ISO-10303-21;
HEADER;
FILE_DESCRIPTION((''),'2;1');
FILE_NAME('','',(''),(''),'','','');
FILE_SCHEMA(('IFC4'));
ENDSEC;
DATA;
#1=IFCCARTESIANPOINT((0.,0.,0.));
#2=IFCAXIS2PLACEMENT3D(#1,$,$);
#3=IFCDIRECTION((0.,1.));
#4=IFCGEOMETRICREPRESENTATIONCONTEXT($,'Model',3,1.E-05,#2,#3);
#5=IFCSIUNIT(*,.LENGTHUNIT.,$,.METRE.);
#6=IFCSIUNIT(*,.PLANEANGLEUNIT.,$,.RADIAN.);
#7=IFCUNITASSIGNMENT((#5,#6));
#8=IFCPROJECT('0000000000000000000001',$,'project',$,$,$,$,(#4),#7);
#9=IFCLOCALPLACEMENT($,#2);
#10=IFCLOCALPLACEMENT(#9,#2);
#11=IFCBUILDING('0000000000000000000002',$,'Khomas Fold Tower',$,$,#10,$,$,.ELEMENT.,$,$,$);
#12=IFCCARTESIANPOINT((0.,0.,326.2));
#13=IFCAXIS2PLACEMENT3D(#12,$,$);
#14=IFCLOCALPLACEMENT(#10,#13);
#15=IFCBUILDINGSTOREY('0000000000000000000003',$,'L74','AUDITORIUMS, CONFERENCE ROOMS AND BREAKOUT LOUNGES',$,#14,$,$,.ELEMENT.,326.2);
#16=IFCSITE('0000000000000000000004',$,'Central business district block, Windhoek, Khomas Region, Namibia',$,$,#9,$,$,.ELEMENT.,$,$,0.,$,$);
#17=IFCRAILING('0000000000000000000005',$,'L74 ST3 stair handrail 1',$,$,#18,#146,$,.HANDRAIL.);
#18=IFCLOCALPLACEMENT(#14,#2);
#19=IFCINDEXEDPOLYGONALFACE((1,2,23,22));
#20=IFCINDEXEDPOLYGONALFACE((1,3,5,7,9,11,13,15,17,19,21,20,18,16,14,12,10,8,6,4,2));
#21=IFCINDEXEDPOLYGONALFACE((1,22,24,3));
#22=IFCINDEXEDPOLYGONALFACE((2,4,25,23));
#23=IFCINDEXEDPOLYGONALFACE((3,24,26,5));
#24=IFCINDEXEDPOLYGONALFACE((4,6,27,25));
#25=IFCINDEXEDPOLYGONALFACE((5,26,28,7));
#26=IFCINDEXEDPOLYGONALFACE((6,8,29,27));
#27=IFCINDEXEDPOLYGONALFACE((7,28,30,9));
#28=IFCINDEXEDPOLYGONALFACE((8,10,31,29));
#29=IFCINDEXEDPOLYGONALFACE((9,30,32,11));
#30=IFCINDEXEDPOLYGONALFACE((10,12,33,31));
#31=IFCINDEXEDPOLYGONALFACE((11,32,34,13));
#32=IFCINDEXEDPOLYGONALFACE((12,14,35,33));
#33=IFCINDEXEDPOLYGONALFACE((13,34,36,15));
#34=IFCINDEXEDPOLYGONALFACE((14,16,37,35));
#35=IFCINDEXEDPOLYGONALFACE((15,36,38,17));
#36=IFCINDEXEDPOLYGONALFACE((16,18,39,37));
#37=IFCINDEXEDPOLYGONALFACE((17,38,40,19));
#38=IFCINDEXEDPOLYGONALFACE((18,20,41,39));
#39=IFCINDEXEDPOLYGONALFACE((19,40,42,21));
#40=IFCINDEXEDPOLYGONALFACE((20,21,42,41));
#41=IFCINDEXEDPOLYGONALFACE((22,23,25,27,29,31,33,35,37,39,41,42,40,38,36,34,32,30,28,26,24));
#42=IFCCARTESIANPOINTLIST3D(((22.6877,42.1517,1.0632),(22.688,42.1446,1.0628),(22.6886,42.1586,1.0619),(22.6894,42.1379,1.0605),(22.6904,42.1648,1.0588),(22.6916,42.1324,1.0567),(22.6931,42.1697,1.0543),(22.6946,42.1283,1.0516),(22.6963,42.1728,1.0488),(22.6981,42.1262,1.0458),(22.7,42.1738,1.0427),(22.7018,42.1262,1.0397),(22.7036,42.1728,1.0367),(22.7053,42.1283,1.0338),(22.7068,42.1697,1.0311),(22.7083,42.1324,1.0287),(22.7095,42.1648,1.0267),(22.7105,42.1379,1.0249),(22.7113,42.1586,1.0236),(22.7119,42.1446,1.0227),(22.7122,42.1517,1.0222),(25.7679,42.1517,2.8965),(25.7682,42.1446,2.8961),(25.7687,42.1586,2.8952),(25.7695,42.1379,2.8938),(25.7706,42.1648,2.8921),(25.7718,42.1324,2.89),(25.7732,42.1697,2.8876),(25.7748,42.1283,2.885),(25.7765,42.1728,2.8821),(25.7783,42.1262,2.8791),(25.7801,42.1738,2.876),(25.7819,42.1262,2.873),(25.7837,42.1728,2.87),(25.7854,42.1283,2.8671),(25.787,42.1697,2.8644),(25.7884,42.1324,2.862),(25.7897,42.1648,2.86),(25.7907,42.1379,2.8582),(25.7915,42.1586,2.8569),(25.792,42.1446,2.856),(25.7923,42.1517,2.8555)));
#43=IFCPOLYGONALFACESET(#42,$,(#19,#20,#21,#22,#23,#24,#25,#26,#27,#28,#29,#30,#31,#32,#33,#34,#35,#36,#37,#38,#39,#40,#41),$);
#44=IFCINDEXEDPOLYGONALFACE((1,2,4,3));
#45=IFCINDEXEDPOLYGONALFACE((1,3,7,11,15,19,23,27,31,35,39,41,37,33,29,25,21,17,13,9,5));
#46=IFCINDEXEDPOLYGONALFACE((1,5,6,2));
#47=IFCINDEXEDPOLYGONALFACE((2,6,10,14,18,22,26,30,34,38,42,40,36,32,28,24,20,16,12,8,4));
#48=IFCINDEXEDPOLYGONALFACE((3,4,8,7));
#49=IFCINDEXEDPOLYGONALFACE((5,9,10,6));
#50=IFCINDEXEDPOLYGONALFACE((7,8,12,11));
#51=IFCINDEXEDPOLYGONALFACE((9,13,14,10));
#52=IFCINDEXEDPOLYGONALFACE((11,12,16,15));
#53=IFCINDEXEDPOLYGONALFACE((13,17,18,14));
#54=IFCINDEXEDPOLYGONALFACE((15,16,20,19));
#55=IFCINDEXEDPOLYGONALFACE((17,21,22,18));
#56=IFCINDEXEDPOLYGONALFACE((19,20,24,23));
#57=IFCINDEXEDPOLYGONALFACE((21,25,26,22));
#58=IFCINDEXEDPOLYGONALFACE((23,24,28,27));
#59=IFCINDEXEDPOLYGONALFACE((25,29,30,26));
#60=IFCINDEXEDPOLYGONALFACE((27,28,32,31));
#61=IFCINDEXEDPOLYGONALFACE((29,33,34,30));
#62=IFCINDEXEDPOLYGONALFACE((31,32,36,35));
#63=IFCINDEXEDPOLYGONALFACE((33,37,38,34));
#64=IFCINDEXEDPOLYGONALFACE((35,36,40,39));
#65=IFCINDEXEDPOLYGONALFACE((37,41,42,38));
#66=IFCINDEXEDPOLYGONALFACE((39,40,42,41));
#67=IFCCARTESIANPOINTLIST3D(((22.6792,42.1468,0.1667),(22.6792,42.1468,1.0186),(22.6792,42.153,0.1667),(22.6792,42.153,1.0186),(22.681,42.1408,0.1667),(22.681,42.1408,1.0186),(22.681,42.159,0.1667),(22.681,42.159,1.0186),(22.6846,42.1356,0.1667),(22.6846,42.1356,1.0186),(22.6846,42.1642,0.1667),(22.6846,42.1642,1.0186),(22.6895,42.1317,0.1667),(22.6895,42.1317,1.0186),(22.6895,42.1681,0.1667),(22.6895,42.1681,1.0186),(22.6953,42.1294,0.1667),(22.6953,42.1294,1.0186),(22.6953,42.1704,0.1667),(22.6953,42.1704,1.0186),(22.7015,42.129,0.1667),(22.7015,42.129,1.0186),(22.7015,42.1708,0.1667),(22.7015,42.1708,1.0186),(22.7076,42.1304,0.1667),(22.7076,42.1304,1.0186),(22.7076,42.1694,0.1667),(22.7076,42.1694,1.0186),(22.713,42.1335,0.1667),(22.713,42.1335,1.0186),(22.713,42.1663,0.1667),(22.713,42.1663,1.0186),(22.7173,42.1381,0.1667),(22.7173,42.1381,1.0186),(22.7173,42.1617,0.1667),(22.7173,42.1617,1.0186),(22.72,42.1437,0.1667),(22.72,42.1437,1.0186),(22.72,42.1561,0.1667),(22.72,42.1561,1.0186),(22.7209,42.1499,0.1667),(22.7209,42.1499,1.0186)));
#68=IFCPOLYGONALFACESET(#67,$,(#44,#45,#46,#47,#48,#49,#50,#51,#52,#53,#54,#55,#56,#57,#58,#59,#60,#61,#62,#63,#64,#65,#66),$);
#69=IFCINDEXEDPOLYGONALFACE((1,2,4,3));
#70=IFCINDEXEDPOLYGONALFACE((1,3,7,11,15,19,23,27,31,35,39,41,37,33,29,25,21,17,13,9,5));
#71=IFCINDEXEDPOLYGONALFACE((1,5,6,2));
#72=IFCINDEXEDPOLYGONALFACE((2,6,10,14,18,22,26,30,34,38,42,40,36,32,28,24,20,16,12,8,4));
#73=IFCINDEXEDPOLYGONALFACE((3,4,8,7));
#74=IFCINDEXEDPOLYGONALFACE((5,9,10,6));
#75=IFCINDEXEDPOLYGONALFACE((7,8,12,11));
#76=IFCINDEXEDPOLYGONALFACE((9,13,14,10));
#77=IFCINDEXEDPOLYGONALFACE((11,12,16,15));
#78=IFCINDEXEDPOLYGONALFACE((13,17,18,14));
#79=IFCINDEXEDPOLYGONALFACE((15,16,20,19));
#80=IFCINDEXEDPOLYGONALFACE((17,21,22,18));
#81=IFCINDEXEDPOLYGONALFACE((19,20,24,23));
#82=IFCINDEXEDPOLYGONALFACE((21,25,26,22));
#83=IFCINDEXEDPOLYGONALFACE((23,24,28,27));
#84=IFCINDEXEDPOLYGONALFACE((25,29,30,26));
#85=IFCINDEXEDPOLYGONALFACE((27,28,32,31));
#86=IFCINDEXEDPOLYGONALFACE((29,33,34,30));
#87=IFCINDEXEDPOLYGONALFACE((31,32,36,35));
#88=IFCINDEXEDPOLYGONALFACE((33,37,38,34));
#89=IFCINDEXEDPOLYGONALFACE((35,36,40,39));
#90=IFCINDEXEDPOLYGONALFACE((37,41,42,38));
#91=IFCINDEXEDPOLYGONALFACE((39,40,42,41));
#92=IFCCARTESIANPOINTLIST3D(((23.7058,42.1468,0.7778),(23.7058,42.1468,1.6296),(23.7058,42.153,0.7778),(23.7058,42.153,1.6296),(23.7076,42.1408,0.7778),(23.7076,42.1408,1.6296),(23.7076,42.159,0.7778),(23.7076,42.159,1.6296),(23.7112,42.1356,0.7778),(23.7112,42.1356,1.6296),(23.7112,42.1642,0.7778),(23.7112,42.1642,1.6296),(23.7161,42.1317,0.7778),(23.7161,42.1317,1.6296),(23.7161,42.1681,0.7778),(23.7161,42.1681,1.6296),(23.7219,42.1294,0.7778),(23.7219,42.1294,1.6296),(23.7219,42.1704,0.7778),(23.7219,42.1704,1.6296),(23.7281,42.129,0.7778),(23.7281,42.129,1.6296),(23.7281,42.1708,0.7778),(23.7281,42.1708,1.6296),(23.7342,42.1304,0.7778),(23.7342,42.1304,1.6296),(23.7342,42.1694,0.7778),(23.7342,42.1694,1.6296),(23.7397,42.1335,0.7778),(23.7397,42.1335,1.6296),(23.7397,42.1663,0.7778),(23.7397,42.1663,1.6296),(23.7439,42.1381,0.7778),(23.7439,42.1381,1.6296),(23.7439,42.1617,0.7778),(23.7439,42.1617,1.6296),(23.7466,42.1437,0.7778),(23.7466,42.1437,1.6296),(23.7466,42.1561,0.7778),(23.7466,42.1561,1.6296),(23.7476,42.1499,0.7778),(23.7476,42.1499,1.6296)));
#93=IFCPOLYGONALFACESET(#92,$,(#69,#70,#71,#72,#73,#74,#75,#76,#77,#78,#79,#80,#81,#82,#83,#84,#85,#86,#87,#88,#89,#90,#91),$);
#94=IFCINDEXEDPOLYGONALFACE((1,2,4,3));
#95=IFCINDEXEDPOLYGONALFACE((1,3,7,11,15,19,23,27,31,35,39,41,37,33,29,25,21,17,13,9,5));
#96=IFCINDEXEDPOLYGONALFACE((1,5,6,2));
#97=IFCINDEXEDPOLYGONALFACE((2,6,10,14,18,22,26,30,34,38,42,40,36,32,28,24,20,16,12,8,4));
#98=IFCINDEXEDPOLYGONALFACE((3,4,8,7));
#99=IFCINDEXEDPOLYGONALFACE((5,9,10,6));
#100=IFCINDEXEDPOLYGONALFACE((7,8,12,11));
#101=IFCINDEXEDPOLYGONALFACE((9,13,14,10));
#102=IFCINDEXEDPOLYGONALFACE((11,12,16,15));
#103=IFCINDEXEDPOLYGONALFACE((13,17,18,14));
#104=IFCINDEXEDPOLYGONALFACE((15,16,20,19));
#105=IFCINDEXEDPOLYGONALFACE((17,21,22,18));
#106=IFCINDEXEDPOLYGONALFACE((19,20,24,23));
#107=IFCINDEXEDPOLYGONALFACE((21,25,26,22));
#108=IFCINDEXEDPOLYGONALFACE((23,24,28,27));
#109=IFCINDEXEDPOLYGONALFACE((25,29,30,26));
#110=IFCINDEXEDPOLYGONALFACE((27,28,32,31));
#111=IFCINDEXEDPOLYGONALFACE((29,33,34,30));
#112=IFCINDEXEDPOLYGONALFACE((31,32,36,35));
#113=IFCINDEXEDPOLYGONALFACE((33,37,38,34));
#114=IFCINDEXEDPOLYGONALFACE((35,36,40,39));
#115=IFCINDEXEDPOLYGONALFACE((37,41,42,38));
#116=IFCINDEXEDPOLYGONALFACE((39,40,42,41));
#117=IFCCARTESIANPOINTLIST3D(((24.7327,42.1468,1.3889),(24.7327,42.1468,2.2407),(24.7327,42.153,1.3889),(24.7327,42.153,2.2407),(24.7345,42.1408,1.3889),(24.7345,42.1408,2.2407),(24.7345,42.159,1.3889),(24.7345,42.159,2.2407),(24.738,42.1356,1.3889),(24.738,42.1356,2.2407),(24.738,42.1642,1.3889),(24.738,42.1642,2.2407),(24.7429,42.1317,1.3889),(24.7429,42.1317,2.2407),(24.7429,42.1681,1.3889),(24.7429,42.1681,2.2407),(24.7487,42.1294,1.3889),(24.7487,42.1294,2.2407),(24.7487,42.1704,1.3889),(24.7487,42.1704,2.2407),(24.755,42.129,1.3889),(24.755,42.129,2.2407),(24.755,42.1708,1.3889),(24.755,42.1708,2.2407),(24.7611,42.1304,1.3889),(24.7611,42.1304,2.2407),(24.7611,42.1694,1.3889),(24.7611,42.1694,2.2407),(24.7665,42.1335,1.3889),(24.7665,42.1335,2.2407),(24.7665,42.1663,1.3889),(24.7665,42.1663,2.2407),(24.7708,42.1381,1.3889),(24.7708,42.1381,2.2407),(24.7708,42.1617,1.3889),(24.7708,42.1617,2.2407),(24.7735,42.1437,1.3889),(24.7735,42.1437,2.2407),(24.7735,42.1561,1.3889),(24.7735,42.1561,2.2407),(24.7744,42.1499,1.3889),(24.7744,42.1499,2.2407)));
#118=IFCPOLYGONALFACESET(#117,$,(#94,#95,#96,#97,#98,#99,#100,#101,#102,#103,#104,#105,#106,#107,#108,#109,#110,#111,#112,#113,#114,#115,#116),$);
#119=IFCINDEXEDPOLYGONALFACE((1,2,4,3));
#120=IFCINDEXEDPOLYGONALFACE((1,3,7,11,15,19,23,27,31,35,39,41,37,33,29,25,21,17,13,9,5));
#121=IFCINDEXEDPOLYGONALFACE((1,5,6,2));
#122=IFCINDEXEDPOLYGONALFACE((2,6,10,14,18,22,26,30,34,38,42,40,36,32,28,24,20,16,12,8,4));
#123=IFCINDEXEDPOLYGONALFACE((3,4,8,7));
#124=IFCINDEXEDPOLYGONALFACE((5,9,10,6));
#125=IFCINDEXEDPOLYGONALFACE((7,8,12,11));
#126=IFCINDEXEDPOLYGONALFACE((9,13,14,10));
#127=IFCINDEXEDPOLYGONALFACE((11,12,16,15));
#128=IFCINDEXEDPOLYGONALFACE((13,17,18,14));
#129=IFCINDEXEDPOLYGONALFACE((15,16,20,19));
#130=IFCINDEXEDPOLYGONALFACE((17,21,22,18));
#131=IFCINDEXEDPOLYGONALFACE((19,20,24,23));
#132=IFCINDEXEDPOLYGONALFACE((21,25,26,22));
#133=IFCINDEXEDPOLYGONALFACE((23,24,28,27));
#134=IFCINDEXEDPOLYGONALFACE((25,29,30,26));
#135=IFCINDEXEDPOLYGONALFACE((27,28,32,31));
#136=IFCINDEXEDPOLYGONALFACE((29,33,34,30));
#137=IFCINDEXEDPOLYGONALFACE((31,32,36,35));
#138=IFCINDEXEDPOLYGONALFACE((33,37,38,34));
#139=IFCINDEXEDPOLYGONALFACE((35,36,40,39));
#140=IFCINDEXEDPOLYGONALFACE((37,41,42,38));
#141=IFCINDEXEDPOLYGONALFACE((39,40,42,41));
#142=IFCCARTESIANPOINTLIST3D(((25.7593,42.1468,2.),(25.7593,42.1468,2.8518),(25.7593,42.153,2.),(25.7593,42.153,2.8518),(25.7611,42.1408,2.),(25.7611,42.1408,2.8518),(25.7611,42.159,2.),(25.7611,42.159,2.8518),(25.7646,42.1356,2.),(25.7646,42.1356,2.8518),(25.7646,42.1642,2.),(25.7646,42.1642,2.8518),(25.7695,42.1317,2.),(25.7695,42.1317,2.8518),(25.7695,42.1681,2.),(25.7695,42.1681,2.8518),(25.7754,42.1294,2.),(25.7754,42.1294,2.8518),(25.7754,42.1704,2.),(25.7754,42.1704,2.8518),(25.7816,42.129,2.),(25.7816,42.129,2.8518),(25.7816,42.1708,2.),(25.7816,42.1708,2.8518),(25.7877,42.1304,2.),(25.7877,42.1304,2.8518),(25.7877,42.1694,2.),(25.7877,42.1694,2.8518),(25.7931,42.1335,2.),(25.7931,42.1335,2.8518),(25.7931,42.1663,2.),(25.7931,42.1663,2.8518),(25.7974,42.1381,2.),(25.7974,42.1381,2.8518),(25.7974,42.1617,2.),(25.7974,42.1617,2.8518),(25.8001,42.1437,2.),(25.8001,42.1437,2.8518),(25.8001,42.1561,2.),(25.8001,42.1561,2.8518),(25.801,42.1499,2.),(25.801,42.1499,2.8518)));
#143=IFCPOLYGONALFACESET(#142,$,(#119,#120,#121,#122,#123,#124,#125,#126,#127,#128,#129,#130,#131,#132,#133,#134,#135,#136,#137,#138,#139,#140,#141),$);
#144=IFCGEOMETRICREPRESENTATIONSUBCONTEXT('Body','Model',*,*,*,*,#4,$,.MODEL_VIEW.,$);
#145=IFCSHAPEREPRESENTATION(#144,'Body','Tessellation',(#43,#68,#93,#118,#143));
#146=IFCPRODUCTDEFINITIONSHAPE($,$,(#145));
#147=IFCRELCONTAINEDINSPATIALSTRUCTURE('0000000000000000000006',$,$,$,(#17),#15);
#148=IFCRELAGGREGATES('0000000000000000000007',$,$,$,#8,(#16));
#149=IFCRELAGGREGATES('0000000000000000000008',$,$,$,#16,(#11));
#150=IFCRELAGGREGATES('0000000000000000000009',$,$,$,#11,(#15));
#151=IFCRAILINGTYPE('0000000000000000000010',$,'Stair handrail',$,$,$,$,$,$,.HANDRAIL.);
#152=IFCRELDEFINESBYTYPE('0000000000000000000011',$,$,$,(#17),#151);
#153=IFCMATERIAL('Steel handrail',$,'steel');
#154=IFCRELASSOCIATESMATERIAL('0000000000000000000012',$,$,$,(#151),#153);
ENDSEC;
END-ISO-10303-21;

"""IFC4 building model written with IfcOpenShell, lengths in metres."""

from ifc_helpers import new_model, si_unit, direction, frame, origin, origin_2d, place, context, subcontext, project, spatial, circle, extrude, source, transform, mapped, material, type_object, element, save


model = new_model("IFC4")

# Units and contexts
model_context = context("Model", 3, precision=1e-05, world=origin(), true_north=direction((0.0, 1.0)))
body_context = subcontext(model_context, "Body", "Model", "MODEL_VIEW")
ifc_project = project(units=[si_unit("LENGTHUNIT", "METRE"), si_unit("PLANEANGLEUNIT", "RADIAN")], contexts=[model_context])

# Site, building, storey
site_placement = place(None, origin())
site = spatial("IfcSite", under=ifc_project, at=site_placement, Name="Central business district block, Windhoek, Khomas Region, Namibia", CompositionType="ELEMENT", RefElevation=0.0)
building_placement = place(site_placement, origin())
building = spatial("IfcBuilding", under=site, at=building_placement, Name="Khomas Fold Tower", CompositionType="ELEMENT")
storey_placement = place(building_placement, frame((0.0, 0.0, 326.2)))
storey = spatial("IfcBuildingStorey", under=building, at=storey_placement, Name="L74", Description="AUDITORIUMS, CONFERENCE ROOMS AND BREAKOUT LOUNGES", CompositionType="ELEMENT", Elevation=326.2)

# Railing
ifc_material_1 = material(Name="Steel handrail", Category="steel")
railing_type_1 = type_object("IfcRailingType", Name="Stair handrail", PredefinedType="HANDRAIL", material=ifc_material_1)
shared_shape_1 = source(origin(), body_context, "Body", "SweptSolid", [
    extrude(circle(Radius=0.0239, at=origin_2d()), frame((0.0, 0.0, 0.876), z_axis=(0.859309, 0.0, 0.511458), x_axis=(0.0, 1.0, 0.0)), (0.0, 0.0, 1.0), 3.5845),
    extrude(circle(Radius=0.021, at=origin_2d()), origin(), (0.0, 0.0, 1.0), 0.8518),
    extrude(circle(Radius=0.021, at=origin_2d()), frame((1.0266, 0.0, 0.6111)), (0.0, 0.0, 1.0), 0.8518),
    extrude(circle(Radius=0.021, at=origin_2d()), frame((2.0535, 0.0, 1.2222)), (0.0, 0.0, 1.0), 0.8518),
    extrude(circle(Radius=0.021, at=origin_2d()), frame((3.0801, 0.0, 1.8333)), (0.0, 0.0, 1.0), 0.8518),
])
railing_1_placement = place(storey_placement, frame((22.7, 42.1499, 0.1667)))
element("IfcRailing", 1, at=railing_1_placement, inside=storey, type_object=railing_type_1, Name="L74 ST3 stair handrail 1", PredefinedType="HANDRAIL", context=body_context, shape_type="MappedRepresentation", body=[
    mapped(shared_shape_1, transform((0.0, 0.0, 0.0))),
])

save(model, "model.ifc")
